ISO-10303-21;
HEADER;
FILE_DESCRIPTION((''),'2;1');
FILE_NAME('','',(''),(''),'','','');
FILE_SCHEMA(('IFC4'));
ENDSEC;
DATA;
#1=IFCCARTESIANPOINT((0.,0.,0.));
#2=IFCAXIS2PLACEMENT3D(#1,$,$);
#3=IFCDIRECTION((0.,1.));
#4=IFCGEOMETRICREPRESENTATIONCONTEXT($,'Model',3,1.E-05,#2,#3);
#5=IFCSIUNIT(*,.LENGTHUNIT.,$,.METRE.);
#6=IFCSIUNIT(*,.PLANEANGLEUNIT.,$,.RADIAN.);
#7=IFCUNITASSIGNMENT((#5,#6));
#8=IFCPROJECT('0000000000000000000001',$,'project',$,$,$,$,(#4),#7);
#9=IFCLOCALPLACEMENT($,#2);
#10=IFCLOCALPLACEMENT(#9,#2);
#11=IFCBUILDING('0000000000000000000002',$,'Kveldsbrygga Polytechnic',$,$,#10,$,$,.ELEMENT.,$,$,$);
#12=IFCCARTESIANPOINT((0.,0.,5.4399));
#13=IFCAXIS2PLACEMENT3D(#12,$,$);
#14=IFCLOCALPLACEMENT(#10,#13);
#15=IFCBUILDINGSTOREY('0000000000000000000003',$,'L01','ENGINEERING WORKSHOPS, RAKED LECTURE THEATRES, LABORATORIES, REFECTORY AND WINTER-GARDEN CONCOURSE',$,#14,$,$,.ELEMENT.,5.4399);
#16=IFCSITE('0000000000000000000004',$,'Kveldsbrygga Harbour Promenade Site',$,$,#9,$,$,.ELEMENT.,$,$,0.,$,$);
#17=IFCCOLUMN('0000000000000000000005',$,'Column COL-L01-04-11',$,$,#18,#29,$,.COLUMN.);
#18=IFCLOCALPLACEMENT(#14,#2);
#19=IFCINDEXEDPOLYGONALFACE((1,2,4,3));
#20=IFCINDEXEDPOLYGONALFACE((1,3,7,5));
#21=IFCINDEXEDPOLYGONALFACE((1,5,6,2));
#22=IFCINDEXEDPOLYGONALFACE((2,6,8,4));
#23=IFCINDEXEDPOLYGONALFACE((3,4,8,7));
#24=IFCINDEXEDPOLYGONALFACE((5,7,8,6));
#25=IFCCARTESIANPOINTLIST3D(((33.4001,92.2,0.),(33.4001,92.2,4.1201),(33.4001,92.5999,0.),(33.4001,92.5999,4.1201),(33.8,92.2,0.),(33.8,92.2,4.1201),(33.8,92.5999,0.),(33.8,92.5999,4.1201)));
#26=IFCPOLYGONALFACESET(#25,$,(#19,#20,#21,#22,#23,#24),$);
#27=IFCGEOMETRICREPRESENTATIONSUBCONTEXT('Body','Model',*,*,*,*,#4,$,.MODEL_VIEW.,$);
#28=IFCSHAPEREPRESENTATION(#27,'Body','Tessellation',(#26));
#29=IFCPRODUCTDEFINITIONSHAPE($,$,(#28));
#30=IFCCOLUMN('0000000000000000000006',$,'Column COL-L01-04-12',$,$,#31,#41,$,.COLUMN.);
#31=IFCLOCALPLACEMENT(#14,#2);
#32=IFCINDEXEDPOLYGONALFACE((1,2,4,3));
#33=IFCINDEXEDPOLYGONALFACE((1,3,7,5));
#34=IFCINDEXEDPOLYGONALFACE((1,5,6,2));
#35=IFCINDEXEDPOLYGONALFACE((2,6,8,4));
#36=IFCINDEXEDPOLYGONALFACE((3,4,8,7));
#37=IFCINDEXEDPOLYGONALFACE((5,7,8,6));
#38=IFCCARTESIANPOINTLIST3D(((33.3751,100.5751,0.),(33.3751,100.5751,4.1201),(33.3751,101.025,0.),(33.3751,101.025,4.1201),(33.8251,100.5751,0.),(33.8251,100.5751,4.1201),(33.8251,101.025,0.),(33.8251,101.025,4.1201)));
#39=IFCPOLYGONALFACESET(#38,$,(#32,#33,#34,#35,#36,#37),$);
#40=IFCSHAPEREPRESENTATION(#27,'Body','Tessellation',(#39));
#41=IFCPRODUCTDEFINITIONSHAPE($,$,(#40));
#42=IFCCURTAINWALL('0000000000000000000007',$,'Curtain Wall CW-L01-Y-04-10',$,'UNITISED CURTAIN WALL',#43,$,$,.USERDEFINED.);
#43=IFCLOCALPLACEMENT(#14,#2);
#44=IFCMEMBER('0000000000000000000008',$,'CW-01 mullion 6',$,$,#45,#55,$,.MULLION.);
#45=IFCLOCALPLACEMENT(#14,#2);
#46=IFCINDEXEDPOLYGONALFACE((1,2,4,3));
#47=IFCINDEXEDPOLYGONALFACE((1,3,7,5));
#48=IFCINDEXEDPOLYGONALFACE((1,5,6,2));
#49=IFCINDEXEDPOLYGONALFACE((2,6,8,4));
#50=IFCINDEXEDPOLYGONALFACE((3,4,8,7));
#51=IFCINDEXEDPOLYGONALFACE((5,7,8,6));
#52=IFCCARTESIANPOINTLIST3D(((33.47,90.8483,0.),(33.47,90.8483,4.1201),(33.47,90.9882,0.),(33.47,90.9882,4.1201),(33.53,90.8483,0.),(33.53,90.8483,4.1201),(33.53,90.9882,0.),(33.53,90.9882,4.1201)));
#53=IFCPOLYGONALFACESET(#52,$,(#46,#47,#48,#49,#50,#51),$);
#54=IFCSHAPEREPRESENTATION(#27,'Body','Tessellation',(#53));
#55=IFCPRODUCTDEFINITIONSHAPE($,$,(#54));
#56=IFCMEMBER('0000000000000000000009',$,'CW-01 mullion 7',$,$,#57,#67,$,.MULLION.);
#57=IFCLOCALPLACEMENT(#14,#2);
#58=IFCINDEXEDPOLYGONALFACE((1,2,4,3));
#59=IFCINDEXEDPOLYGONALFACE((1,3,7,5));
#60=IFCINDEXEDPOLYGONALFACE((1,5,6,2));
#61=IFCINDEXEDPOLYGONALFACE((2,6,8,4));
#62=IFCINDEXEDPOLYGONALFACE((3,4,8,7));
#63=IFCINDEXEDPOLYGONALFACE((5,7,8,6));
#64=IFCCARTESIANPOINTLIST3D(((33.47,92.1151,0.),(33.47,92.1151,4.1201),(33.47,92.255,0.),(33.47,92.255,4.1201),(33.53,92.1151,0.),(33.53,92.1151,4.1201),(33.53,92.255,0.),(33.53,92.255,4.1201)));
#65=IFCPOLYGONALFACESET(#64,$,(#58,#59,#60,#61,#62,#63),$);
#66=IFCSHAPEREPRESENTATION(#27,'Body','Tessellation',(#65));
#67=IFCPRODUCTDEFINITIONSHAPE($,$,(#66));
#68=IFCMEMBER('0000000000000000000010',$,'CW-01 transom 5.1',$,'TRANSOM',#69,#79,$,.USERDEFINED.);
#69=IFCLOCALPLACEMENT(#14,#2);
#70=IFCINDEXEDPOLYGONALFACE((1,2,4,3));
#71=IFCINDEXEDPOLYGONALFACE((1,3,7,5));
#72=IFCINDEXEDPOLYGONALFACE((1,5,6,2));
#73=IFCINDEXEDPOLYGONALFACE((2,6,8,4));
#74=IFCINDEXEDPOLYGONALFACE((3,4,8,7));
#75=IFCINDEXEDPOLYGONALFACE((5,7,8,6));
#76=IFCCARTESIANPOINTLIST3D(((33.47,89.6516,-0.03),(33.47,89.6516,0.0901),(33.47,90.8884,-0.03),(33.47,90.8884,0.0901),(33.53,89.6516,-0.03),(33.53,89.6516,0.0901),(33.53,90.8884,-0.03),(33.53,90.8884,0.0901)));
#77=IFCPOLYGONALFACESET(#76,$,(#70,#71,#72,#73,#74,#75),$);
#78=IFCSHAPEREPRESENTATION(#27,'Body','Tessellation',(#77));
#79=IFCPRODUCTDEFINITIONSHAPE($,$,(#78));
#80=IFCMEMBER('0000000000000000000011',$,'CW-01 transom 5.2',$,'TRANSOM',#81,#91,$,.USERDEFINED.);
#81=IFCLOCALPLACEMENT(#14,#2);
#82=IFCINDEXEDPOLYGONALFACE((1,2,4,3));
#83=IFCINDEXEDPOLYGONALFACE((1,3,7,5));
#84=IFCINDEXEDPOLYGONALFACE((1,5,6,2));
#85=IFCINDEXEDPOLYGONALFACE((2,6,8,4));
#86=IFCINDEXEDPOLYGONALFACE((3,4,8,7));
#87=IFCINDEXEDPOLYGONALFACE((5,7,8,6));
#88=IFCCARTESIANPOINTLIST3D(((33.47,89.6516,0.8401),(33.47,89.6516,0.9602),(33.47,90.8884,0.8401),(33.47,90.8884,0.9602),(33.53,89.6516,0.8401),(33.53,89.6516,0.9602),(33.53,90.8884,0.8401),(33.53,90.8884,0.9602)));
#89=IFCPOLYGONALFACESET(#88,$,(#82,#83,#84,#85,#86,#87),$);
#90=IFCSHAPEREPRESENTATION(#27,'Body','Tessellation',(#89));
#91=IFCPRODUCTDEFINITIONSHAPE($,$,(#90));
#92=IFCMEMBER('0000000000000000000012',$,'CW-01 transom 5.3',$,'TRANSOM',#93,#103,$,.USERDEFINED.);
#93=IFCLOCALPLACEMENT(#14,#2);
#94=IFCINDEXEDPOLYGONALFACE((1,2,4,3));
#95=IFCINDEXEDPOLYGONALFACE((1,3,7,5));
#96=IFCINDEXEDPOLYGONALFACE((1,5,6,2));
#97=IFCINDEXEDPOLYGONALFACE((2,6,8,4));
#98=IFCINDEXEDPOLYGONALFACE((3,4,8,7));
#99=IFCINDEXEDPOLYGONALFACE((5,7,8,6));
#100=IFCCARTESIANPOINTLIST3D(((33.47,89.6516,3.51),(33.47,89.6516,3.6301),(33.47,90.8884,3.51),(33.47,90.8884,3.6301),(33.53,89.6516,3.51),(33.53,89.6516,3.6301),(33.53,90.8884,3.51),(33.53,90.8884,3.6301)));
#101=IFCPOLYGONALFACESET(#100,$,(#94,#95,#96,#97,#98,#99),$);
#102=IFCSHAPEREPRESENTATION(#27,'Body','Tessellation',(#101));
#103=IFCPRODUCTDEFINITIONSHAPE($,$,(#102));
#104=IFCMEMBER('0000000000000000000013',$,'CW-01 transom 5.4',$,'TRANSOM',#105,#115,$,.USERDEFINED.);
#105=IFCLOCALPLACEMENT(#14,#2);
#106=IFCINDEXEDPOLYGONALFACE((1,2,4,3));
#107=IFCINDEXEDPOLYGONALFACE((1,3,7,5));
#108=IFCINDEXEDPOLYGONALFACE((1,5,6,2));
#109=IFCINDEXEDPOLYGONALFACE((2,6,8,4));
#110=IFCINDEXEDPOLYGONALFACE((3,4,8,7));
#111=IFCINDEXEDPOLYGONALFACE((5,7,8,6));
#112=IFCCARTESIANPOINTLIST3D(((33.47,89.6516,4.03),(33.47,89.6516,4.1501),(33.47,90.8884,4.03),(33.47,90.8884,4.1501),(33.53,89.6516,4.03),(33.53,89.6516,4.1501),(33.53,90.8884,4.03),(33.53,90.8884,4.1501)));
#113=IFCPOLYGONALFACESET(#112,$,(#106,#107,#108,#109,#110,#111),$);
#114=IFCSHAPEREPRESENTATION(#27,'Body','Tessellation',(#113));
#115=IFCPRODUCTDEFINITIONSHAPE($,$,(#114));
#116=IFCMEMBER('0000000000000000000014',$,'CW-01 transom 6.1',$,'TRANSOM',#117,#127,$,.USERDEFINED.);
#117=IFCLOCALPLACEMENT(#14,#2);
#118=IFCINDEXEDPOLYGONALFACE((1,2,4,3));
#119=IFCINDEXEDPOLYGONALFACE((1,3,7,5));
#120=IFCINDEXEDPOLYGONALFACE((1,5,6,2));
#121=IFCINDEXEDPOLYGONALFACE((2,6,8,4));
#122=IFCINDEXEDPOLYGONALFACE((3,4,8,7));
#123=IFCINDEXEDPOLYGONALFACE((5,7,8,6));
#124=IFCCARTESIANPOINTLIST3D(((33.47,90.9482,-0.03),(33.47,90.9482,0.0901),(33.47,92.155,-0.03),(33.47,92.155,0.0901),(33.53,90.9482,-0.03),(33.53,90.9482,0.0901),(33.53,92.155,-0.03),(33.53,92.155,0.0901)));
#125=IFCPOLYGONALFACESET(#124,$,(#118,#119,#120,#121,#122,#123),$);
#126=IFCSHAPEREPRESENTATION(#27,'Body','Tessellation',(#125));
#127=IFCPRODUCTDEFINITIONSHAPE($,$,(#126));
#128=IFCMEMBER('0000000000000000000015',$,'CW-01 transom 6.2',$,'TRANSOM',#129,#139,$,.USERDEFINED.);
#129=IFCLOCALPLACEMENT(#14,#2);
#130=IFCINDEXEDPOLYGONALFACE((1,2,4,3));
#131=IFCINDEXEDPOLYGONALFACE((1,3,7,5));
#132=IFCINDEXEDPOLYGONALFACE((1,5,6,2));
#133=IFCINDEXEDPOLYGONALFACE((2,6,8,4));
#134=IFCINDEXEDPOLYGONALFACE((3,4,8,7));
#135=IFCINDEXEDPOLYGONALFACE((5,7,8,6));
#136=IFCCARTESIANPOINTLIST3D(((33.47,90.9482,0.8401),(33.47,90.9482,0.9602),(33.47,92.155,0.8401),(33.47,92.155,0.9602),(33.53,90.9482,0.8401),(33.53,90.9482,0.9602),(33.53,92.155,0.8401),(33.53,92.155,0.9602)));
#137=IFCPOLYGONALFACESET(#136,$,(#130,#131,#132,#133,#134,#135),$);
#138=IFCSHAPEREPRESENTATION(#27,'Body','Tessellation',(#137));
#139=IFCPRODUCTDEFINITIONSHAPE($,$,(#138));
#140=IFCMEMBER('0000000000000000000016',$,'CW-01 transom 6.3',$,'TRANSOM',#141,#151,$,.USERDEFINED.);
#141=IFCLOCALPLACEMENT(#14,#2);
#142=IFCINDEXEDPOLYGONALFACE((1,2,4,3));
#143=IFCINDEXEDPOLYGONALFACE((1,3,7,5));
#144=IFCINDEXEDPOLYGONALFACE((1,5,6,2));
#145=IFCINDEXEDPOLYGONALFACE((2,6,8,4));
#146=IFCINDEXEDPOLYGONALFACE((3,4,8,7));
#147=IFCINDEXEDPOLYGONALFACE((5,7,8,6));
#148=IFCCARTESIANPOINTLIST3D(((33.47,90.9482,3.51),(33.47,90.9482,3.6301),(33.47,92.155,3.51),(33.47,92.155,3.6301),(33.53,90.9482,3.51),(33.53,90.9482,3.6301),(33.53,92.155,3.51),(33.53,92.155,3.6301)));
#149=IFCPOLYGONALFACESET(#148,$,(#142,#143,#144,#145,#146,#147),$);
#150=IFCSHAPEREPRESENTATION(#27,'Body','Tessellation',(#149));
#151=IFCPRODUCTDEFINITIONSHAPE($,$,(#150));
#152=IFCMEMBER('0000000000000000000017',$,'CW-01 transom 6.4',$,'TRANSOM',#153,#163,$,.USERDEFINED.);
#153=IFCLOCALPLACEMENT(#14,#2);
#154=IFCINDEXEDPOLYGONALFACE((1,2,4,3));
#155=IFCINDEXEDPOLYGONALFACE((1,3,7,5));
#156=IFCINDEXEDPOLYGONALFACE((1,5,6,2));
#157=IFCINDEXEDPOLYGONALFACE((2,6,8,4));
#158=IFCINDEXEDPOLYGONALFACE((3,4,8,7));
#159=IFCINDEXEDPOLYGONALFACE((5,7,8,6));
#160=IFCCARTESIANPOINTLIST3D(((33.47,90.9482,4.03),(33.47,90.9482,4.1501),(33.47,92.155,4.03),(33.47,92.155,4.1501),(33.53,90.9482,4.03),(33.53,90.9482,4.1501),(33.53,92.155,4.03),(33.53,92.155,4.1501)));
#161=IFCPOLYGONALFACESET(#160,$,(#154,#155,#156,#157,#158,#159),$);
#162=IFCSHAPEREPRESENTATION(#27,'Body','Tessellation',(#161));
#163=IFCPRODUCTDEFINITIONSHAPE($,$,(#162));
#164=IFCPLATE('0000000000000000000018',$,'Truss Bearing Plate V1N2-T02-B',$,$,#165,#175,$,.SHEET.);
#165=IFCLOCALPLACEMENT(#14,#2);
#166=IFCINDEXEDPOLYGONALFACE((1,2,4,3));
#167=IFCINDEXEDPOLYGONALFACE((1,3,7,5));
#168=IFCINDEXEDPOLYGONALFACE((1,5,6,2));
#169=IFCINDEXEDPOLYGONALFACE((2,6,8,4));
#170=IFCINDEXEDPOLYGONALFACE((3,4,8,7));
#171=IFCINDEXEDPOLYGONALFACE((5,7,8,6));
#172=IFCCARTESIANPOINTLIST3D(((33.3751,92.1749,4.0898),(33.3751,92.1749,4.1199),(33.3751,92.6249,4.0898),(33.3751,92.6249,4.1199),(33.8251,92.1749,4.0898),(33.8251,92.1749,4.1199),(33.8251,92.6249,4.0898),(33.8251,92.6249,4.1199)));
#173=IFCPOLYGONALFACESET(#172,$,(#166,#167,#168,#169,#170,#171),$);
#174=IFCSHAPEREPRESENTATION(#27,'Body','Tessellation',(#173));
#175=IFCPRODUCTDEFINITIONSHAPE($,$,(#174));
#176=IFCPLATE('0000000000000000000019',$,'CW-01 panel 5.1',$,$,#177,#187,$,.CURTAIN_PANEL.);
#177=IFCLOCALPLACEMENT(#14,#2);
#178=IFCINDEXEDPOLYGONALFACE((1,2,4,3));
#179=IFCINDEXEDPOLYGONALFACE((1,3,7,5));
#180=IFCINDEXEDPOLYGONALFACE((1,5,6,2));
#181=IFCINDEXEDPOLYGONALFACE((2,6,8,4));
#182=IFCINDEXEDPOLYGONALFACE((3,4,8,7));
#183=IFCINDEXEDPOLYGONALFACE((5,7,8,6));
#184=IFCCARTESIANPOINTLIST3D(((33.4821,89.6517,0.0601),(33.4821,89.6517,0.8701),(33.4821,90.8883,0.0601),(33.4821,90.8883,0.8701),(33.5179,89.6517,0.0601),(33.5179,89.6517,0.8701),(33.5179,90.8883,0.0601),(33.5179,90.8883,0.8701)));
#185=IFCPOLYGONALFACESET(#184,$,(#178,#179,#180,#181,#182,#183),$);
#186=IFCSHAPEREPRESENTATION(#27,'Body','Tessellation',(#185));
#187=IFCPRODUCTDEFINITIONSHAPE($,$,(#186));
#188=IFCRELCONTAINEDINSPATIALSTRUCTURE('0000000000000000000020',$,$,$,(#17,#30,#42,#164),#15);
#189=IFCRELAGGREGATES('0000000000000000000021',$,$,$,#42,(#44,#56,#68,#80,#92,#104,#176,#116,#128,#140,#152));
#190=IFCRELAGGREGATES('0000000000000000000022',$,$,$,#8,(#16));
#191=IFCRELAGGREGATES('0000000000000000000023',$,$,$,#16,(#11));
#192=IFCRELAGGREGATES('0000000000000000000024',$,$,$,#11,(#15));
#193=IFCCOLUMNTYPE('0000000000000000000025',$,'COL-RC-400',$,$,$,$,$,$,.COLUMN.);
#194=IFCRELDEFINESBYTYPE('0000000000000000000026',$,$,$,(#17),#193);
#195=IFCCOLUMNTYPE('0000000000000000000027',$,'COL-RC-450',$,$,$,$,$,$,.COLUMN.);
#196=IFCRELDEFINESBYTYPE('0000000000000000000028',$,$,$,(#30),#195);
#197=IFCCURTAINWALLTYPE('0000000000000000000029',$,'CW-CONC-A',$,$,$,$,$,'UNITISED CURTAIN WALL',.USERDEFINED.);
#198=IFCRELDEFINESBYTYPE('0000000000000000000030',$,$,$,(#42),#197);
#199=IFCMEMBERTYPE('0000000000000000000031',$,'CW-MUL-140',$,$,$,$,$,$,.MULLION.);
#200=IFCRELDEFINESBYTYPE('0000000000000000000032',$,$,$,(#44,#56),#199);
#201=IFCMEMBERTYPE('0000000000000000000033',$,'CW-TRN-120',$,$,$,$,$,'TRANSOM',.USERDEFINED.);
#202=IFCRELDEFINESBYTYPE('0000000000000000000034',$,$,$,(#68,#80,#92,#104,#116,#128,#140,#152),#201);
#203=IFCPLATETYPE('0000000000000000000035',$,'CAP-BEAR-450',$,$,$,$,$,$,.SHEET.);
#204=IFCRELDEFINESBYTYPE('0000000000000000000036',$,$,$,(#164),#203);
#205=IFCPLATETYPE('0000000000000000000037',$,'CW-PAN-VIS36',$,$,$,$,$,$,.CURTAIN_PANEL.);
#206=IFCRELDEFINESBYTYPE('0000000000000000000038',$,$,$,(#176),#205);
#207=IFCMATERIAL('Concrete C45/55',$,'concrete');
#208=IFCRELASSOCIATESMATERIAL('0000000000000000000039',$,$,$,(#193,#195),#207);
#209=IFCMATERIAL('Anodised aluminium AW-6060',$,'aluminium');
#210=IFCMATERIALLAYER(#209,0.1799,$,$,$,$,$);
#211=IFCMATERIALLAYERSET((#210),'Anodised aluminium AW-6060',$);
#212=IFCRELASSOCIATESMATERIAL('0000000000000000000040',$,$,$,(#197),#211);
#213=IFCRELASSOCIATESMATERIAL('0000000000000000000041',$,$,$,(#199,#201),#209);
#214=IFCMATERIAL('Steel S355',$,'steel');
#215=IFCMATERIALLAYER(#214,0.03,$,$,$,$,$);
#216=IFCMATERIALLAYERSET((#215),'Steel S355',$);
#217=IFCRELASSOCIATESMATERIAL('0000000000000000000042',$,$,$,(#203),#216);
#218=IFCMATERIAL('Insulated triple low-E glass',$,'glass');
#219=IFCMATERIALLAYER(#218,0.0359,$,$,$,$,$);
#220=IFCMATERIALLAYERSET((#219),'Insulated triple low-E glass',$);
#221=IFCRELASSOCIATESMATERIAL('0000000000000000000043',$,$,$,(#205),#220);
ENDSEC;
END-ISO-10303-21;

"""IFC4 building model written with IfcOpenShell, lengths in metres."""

from ifc_helpers import new_model, si_unit, direction, frame, origin, origin_2d, place, context, subcontext, project, spatial, rectangle, extrude, material, layer, layer_set, material_profile, profile_set, type_object, element, aggregate, save


model = new_model("IFC4")

# Units and contexts
model_context = context("Model", 3, precision=1e-05, world=origin(), true_north=direction((0.0, 1.0)))
body_context = subcontext(model_context, "Body", "Model", "MODEL_VIEW")
ifc_project = project(units=[si_unit("LENGTHUNIT", "METRE"), si_unit("PLANEANGLEUNIT", "RADIAN")], contexts=[model_context])

# Site, building, storey
site_placement = place(None, origin())
site = spatial("IfcSite", under=ifc_project, at=site_placement, Name="Kveldsbrygga Harbour Promenade Site", CompositionType="ELEMENT", RefElevation=0.0)
building_placement = place(site_placement, origin())
building = spatial("IfcBuilding", under=site, at=building_placement, Name="Kveldsbrygga Polytechnic", CompositionType="ELEMENT")
storey_placement = place(building_placement, frame((0.0, 0.0, 5.4399)))
storey = spatial("IfcBuildingStorey", under=building, at=storey_placement, Name="L01", Description="ENGINEERING WORKSHOPS, RAKED LECTURE THEATRES, LABORATORIES, REFECTORY AND WINTER-GARDEN CONCOURSE", CompositionType="ELEMENT", Elevation=5.4399)

# Columns
ifc_material_1 = material(Name="Concrete C45/55", Category="concrete")
ifc_material_profile_1 = material_profile(ifc_material_1, rectangle(XDim=0.3999, YDim=0.3999, at=origin_2d()), Name="RC 400x400")
ifc_profile_set_1 = profile_set([ifc_material_profile_1], Name="Concrete C45/55")
column_type_1 = type_object("IfcColumnType", Name="COL-RC-400", PredefinedType="COLUMN", material=ifc_profile_set_1)
column_1_placement = place(storey_placement, frame((33.6001, 92.3999, 0.0), z_axis=(0.0, 0.0, 1.0), x_axis=(1.0, 0.0, 0.0)))
element("IfcColumn", 1, at=column_1_placement, inside=storey, type_object=column_type_1, Name="Column COL-L01-04-11", PredefinedType="COLUMN", context=body_context, shape_type="SweptSolid", body=[
    extrude(rectangle(XDim=0.3999, YDim=0.3999, at=origin_2d()), origin(), (0.0, 0.0, 1.0), 4.1201),
])
ifc_material_profile_2 = material_profile(ifc_material_1, rectangle(XDim=0.45, YDim=0.45, at=origin_2d()), Name="RC 450x450")
ifc_profile_set_2 = profile_set([ifc_material_profile_2], Name="Concrete C45/55")
column_type_2 = type_object("IfcColumnType", Name="COL-RC-450", PredefinedType="COLUMN", material=ifc_profile_set_2)
column_2_placement = place(storey_placement, frame((33.6001, 100.8, 0.0), z_axis=(0.0, 0.0, 1.0), x_axis=(1.0, 0.0, 0.0)))
element("IfcColumn", 2, at=column_2_placement, inside=storey, type_object=column_type_2, Name="Column COL-L01-04-12", PredefinedType="COLUMN", context=body_context, shape_type="SweptSolid", body=[
    extrude(rectangle(XDim=0.45, YDim=0.45, at=origin_2d()), origin(), (0.0, 0.0, 1.0), 4.1201),
])

# Curtain wall, members
ifc_material_2 = material(Name="Anodised aluminium AW-6060", Category="aluminium")
ifc_layer_1 = layer(ifc_material_2, 0.1799)
ifc_layer_set_1 = layer_set([ifc_layer_1], Name="Anodised aluminium AW-6060")
curtain_wall_type = type_object("IfcCurtainWallType", Name="CW-CONC-A", ElementType="UNITISED CURTAIN WALL", PredefinedType="USERDEFINED", material=ifc_layer_set_1)
curtain_wall_placement = place(storey_placement, origin())
curtain_wall = element("IfcCurtainWall", 3, at=curtain_wall_placement, inside=storey, type_object=curtain_wall_type, Name="Curtain Wall CW-L01-Y-04-10", ObjectType="UNITISED CURTAIN WALL", PredefinedType="USERDEFINED")
ifc_material_profile_3 = material_profile(ifc_material_2, rectangle(XDim=0.0601, YDim=0.1399, at=origin_2d()), Name="ALU 60x140")
ifc_profile_set_3 = profile_set([ifc_material_profile_3], Name="Anodised aluminium AW-6060")
member_type_1 = type_object("IfcMemberType", Name="CW-MUL-140", PredefinedType="MULLION", material=ifc_profile_set_3)
member_1_placement = place(storey_placement, frame((33.5, 90.9182, 0.0), z_axis=(0.0, 0.0, 1.0), x_axis=(-1.0, 0.0, 0.0)))
member_1 = element("IfcMember", 4, at=member_1_placement, type_object=member_type_1, Name="CW-01 mullion 6", PredefinedType="MULLION", context=body_context, shape_type="SweptSolid", body=[
    extrude(rectangle(XDim=0.0601, YDim=0.1399, at=origin_2d()), origin(), (0.0, 0.0, 1.0), 4.1201),
])
member_2_placement = place(storey_placement, frame((33.5, 92.1851, 0.0), z_axis=(0.0, 0.0, 1.0), x_axis=(-1.0, 0.0, 0.0)))
member_2 = element("IfcMember", 5, at=member_2_placement, type_object=member_type_1, Name="CW-01 mullion 7", PredefinedType="MULLION", context=body_context, shape_type="SweptSolid", body=[
    extrude(rectangle(XDim=0.0601, YDim=0.1399, at=origin_2d()), origin(), (0.0, 0.0, 1.0), 4.1201),
])
ifc_material_profile_4 = material_profile(ifc_material_2, rectangle(XDim=0.0601, YDim=0.1201, at=origin_2d()), Name="ALU 60x120")
ifc_profile_set_4 = profile_set([ifc_material_profile_4], Name="Anodised aluminium AW-6060")
member_type_2 = type_object("IfcMemberType", Name="CW-TRN-120", ElementType="TRANSOM", PredefinedType="USERDEFINED", material=ifc_profile_set_4)
member_3_placement = place(storey_placement, frame((33.5, 89.6516, 0.03), z_axis=(0.0, 1.0, 0.0), x_axis=(-1.0, 0.0, 0.0)))
member_3 = element("IfcMember", 6, at=member_3_placement, type_object=member_type_2, Name="CW-01 transom 5.1", ObjectType="TRANSOM", PredefinedType="USERDEFINED", context=body_context, shape_type="SweptSolid", body=[
    extrude(rectangle(XDim=0.0601, YDim=0.1201, at=origin_2d()), origin(), (0.0, 0.0, 1.0), 1.2368),
])
member_4_placement = place(storey_placement, frame((33.5, 89.6516, 0.9001), z_axis=(0.0, 1.0, 0.0), x_axis=(-1.0, 0.0, 0.0)))
member_4 = element("IfcMember", 7, at=member_4_placement, type_object=member_type_2, Name="CW-01 transom 5.2", ObjectType="TRANSOM", PredefinedType="USERDEFINED", context=body_context, shape_type="SweptSolid", body=[
    extrude(rectangle(XDim=0.0601, YDim=0.1201, at=origin_2d()), origin(), (0.0, 0.0, 1.0), 1.2368),
])
member_5_placement = place(storey_placement, frame((33.5, 89.6516, 3.5701), z_axis=(0.0, 1.0, 0.0), x_axis=(-1.0, 0.0, 0.0)))
member_5 = element("IfcMember", 8, at=member_5_placement, type_object=member_type_2, Name="CW-01 transom 5.3", ObjectType="TRANSOM", PredefinedType="USERDEFINED", context=body_context, shape_type="SweptSolid", body=[
    extrude(rectangle(XDim=0.0601, YDim=0.1201, at=origin_2d()), origin(), (0.0, 0.0, 1.0), 1.2368),
])
member_6_placement = place(storey_placement, frame((33.5, 89.6516, 4.0901), z_axis=(0.0, 1.0, 0.0), x_axis=(-1.0, 0.0, 0.0)))
member_6 = element("IfcMember", 9, at=member_6_placement, type_object=member_type_2, Name="CW-01 transom 5.4", ObjectType="TRANSOM", PredefinedType="USERDEFINED", context=body_context, shape_type="SweptSolid", body=[
    extrude(rectangle(XDim=0.0601, YDim=0.1201, at=origin_2d()), origin(), (0.0, 0.0, 1.0), 1.2368),
])
member_7_placement = place(storey_placement, frame((33.5, 90.9482, 0.03), z_axis=(0.0, 1.0, 0.0), x_axis=(-1.0, 0.0, 0.0)))
member_7 = element("IfcMember", 10, at=member_7_placement, type_object=member_type_2, Name="CW-01 transom 6.1", ObjectType="TRANSOM", PredefinedType="USERDEFINED", context=body_context, shape_type="SweptSolid", body=[
    extrude(rectangle(XDim=0.0601, YDim=0.1201, at=origin_2d()), origin(), (0.0, 0.0, 1.0), 1.2068),
])
member_8_placement = place(storey_placement, frame((33.5, 90.9482, 0.9001), z_axis=(0.0, 1.0, 0.0), x_axis=(-1.0, 0.0, 0.0)))
member_8 = element("IfcMember", 11, at=member_8_placement, type_object=member_type_2, Name="CW-01 transom 6.2", ObjectType="TRANSOM", PredefinedType="USERDEFINED", context=body_context, shape_type="SweptSolid", body=[
    extrude(rectangle(XDim=0.0601, YDim=0.1201, at=origin_2d()), origin(), (0.0, 0.0, 1.0), 1.2068),
])
member_9_placement = place(storey_placement, frame((33.5, 90.9482, 3.5701), z_axis=(0.0, 1.0, 0.0), x_axis=(-1.0, 0.0, 0.0)))
member_9 = element("IfcMember", 12, at=member_9_placement, type_object=member_type_2, Name="CW-01 transom 6.3", ObjectType="TRANSOM", PredefinedType="USERDEFINED", context=body_context, shape_type="SweptSolid", body=[
    extrude(rectangle(XDim=0.0601, YDim=0.1201, at=origin_2d()), origin(), (0.0, 0.0, 1.0), 1.2068),
])
member_10_placement = place(storey_placement, frame((33.5, 90.9482, 4.0901), z_axis=(0.0, 1.0, 0.0), x_axis=(-1.0, 0.0, 0.0)))
member_10 = element("IfcMember", 13, at=member_10_placement, type_object=member_type_2, Name="CW-01 transom 6.4", ObjectType="TRANSOM", PredefinedType="USERDEFINED", context=body_context, shape_type="SweptSolid", body=[
    extrude(rectangle(XDim=0.0601, YDim=0.1201, at=origin_2d()), origin(), (0.0, 0.0, 1.0), 1.2068),
])

# Plates
ifc_material_3 = material(Name="Steel S355", Category="steel")
ifc_layer_2 = layer(ifc_material_3, 0.03)
ifc_layer_set_2 = layer_set([ifc_layer_2], Name="Steel S355")
plate_type_1 = type_object("IfcPlateType", Name="CAP-BEAR-450", PredefinedType="SHEET", material=ifc_layer_set_2)
plate_1_placement = place(storey_placement, frame((33.6001, 92.3999, 4.0898), z_axis=(0.0, 0.0, 1.0), x_axis=(1.0, 0.0, 0.0)))
element("IfcPlate", 14, at=plate_1_placement, inside=storey, type_object=plate_type_1, Name="Truss Bearing Plate V1N2-T02-B", PredefinedType="SHEET", context=body_context, shape_type="SweptSolid", body=[
    extrude(rectangle(XDim=0.45, YDim=0.45, at=origin_2d()), origin(), (0.0, 0.0, 1.0), 0.03),
])
ifc_material_4 = material(Name="Insulated triple low-E glass", Category="glass")
ifc_layer_3 = layer(ifc_material_4, 0.0359)
ifc_layer_set_3 = layer_set([ifc_layer_3], Name="Insulated triple low-E glass")
plate_type_2 = type_object("IfcPlateType", Name="CW-PAN-VIS36", PredefinedType="CURTAIN_PANEL", material=ifc_layer_set_3)
plate_2_placement = place(storey_placement, frame((33.5, 90.27, 0.0601), z_axis=(0.0, 0.0, 1.0), x_axis=(0.0, 1.0, 0.0)))
plate_2 = element("IfcPlate", 15, at=plate_2_placement, type_object=plate_type_2, Name="CW-01 panel 5.1", PredefinedType="CURTAIN_PANEL", context=body_context, shape_type="SweptSolid", body=[
    extrude(rectangle(XDim=1.2366, YDim=0.0359, at=origin_2d()), origin(), (0.0, 0.0, 1.0), 0.8101),
])
aggregate(curtain_wall, [member_1, member_2, member_3, member_4, member_5, member_6, plate_2, member_7, member_8, member_9, member_10])

save(model, "model.ifc")
